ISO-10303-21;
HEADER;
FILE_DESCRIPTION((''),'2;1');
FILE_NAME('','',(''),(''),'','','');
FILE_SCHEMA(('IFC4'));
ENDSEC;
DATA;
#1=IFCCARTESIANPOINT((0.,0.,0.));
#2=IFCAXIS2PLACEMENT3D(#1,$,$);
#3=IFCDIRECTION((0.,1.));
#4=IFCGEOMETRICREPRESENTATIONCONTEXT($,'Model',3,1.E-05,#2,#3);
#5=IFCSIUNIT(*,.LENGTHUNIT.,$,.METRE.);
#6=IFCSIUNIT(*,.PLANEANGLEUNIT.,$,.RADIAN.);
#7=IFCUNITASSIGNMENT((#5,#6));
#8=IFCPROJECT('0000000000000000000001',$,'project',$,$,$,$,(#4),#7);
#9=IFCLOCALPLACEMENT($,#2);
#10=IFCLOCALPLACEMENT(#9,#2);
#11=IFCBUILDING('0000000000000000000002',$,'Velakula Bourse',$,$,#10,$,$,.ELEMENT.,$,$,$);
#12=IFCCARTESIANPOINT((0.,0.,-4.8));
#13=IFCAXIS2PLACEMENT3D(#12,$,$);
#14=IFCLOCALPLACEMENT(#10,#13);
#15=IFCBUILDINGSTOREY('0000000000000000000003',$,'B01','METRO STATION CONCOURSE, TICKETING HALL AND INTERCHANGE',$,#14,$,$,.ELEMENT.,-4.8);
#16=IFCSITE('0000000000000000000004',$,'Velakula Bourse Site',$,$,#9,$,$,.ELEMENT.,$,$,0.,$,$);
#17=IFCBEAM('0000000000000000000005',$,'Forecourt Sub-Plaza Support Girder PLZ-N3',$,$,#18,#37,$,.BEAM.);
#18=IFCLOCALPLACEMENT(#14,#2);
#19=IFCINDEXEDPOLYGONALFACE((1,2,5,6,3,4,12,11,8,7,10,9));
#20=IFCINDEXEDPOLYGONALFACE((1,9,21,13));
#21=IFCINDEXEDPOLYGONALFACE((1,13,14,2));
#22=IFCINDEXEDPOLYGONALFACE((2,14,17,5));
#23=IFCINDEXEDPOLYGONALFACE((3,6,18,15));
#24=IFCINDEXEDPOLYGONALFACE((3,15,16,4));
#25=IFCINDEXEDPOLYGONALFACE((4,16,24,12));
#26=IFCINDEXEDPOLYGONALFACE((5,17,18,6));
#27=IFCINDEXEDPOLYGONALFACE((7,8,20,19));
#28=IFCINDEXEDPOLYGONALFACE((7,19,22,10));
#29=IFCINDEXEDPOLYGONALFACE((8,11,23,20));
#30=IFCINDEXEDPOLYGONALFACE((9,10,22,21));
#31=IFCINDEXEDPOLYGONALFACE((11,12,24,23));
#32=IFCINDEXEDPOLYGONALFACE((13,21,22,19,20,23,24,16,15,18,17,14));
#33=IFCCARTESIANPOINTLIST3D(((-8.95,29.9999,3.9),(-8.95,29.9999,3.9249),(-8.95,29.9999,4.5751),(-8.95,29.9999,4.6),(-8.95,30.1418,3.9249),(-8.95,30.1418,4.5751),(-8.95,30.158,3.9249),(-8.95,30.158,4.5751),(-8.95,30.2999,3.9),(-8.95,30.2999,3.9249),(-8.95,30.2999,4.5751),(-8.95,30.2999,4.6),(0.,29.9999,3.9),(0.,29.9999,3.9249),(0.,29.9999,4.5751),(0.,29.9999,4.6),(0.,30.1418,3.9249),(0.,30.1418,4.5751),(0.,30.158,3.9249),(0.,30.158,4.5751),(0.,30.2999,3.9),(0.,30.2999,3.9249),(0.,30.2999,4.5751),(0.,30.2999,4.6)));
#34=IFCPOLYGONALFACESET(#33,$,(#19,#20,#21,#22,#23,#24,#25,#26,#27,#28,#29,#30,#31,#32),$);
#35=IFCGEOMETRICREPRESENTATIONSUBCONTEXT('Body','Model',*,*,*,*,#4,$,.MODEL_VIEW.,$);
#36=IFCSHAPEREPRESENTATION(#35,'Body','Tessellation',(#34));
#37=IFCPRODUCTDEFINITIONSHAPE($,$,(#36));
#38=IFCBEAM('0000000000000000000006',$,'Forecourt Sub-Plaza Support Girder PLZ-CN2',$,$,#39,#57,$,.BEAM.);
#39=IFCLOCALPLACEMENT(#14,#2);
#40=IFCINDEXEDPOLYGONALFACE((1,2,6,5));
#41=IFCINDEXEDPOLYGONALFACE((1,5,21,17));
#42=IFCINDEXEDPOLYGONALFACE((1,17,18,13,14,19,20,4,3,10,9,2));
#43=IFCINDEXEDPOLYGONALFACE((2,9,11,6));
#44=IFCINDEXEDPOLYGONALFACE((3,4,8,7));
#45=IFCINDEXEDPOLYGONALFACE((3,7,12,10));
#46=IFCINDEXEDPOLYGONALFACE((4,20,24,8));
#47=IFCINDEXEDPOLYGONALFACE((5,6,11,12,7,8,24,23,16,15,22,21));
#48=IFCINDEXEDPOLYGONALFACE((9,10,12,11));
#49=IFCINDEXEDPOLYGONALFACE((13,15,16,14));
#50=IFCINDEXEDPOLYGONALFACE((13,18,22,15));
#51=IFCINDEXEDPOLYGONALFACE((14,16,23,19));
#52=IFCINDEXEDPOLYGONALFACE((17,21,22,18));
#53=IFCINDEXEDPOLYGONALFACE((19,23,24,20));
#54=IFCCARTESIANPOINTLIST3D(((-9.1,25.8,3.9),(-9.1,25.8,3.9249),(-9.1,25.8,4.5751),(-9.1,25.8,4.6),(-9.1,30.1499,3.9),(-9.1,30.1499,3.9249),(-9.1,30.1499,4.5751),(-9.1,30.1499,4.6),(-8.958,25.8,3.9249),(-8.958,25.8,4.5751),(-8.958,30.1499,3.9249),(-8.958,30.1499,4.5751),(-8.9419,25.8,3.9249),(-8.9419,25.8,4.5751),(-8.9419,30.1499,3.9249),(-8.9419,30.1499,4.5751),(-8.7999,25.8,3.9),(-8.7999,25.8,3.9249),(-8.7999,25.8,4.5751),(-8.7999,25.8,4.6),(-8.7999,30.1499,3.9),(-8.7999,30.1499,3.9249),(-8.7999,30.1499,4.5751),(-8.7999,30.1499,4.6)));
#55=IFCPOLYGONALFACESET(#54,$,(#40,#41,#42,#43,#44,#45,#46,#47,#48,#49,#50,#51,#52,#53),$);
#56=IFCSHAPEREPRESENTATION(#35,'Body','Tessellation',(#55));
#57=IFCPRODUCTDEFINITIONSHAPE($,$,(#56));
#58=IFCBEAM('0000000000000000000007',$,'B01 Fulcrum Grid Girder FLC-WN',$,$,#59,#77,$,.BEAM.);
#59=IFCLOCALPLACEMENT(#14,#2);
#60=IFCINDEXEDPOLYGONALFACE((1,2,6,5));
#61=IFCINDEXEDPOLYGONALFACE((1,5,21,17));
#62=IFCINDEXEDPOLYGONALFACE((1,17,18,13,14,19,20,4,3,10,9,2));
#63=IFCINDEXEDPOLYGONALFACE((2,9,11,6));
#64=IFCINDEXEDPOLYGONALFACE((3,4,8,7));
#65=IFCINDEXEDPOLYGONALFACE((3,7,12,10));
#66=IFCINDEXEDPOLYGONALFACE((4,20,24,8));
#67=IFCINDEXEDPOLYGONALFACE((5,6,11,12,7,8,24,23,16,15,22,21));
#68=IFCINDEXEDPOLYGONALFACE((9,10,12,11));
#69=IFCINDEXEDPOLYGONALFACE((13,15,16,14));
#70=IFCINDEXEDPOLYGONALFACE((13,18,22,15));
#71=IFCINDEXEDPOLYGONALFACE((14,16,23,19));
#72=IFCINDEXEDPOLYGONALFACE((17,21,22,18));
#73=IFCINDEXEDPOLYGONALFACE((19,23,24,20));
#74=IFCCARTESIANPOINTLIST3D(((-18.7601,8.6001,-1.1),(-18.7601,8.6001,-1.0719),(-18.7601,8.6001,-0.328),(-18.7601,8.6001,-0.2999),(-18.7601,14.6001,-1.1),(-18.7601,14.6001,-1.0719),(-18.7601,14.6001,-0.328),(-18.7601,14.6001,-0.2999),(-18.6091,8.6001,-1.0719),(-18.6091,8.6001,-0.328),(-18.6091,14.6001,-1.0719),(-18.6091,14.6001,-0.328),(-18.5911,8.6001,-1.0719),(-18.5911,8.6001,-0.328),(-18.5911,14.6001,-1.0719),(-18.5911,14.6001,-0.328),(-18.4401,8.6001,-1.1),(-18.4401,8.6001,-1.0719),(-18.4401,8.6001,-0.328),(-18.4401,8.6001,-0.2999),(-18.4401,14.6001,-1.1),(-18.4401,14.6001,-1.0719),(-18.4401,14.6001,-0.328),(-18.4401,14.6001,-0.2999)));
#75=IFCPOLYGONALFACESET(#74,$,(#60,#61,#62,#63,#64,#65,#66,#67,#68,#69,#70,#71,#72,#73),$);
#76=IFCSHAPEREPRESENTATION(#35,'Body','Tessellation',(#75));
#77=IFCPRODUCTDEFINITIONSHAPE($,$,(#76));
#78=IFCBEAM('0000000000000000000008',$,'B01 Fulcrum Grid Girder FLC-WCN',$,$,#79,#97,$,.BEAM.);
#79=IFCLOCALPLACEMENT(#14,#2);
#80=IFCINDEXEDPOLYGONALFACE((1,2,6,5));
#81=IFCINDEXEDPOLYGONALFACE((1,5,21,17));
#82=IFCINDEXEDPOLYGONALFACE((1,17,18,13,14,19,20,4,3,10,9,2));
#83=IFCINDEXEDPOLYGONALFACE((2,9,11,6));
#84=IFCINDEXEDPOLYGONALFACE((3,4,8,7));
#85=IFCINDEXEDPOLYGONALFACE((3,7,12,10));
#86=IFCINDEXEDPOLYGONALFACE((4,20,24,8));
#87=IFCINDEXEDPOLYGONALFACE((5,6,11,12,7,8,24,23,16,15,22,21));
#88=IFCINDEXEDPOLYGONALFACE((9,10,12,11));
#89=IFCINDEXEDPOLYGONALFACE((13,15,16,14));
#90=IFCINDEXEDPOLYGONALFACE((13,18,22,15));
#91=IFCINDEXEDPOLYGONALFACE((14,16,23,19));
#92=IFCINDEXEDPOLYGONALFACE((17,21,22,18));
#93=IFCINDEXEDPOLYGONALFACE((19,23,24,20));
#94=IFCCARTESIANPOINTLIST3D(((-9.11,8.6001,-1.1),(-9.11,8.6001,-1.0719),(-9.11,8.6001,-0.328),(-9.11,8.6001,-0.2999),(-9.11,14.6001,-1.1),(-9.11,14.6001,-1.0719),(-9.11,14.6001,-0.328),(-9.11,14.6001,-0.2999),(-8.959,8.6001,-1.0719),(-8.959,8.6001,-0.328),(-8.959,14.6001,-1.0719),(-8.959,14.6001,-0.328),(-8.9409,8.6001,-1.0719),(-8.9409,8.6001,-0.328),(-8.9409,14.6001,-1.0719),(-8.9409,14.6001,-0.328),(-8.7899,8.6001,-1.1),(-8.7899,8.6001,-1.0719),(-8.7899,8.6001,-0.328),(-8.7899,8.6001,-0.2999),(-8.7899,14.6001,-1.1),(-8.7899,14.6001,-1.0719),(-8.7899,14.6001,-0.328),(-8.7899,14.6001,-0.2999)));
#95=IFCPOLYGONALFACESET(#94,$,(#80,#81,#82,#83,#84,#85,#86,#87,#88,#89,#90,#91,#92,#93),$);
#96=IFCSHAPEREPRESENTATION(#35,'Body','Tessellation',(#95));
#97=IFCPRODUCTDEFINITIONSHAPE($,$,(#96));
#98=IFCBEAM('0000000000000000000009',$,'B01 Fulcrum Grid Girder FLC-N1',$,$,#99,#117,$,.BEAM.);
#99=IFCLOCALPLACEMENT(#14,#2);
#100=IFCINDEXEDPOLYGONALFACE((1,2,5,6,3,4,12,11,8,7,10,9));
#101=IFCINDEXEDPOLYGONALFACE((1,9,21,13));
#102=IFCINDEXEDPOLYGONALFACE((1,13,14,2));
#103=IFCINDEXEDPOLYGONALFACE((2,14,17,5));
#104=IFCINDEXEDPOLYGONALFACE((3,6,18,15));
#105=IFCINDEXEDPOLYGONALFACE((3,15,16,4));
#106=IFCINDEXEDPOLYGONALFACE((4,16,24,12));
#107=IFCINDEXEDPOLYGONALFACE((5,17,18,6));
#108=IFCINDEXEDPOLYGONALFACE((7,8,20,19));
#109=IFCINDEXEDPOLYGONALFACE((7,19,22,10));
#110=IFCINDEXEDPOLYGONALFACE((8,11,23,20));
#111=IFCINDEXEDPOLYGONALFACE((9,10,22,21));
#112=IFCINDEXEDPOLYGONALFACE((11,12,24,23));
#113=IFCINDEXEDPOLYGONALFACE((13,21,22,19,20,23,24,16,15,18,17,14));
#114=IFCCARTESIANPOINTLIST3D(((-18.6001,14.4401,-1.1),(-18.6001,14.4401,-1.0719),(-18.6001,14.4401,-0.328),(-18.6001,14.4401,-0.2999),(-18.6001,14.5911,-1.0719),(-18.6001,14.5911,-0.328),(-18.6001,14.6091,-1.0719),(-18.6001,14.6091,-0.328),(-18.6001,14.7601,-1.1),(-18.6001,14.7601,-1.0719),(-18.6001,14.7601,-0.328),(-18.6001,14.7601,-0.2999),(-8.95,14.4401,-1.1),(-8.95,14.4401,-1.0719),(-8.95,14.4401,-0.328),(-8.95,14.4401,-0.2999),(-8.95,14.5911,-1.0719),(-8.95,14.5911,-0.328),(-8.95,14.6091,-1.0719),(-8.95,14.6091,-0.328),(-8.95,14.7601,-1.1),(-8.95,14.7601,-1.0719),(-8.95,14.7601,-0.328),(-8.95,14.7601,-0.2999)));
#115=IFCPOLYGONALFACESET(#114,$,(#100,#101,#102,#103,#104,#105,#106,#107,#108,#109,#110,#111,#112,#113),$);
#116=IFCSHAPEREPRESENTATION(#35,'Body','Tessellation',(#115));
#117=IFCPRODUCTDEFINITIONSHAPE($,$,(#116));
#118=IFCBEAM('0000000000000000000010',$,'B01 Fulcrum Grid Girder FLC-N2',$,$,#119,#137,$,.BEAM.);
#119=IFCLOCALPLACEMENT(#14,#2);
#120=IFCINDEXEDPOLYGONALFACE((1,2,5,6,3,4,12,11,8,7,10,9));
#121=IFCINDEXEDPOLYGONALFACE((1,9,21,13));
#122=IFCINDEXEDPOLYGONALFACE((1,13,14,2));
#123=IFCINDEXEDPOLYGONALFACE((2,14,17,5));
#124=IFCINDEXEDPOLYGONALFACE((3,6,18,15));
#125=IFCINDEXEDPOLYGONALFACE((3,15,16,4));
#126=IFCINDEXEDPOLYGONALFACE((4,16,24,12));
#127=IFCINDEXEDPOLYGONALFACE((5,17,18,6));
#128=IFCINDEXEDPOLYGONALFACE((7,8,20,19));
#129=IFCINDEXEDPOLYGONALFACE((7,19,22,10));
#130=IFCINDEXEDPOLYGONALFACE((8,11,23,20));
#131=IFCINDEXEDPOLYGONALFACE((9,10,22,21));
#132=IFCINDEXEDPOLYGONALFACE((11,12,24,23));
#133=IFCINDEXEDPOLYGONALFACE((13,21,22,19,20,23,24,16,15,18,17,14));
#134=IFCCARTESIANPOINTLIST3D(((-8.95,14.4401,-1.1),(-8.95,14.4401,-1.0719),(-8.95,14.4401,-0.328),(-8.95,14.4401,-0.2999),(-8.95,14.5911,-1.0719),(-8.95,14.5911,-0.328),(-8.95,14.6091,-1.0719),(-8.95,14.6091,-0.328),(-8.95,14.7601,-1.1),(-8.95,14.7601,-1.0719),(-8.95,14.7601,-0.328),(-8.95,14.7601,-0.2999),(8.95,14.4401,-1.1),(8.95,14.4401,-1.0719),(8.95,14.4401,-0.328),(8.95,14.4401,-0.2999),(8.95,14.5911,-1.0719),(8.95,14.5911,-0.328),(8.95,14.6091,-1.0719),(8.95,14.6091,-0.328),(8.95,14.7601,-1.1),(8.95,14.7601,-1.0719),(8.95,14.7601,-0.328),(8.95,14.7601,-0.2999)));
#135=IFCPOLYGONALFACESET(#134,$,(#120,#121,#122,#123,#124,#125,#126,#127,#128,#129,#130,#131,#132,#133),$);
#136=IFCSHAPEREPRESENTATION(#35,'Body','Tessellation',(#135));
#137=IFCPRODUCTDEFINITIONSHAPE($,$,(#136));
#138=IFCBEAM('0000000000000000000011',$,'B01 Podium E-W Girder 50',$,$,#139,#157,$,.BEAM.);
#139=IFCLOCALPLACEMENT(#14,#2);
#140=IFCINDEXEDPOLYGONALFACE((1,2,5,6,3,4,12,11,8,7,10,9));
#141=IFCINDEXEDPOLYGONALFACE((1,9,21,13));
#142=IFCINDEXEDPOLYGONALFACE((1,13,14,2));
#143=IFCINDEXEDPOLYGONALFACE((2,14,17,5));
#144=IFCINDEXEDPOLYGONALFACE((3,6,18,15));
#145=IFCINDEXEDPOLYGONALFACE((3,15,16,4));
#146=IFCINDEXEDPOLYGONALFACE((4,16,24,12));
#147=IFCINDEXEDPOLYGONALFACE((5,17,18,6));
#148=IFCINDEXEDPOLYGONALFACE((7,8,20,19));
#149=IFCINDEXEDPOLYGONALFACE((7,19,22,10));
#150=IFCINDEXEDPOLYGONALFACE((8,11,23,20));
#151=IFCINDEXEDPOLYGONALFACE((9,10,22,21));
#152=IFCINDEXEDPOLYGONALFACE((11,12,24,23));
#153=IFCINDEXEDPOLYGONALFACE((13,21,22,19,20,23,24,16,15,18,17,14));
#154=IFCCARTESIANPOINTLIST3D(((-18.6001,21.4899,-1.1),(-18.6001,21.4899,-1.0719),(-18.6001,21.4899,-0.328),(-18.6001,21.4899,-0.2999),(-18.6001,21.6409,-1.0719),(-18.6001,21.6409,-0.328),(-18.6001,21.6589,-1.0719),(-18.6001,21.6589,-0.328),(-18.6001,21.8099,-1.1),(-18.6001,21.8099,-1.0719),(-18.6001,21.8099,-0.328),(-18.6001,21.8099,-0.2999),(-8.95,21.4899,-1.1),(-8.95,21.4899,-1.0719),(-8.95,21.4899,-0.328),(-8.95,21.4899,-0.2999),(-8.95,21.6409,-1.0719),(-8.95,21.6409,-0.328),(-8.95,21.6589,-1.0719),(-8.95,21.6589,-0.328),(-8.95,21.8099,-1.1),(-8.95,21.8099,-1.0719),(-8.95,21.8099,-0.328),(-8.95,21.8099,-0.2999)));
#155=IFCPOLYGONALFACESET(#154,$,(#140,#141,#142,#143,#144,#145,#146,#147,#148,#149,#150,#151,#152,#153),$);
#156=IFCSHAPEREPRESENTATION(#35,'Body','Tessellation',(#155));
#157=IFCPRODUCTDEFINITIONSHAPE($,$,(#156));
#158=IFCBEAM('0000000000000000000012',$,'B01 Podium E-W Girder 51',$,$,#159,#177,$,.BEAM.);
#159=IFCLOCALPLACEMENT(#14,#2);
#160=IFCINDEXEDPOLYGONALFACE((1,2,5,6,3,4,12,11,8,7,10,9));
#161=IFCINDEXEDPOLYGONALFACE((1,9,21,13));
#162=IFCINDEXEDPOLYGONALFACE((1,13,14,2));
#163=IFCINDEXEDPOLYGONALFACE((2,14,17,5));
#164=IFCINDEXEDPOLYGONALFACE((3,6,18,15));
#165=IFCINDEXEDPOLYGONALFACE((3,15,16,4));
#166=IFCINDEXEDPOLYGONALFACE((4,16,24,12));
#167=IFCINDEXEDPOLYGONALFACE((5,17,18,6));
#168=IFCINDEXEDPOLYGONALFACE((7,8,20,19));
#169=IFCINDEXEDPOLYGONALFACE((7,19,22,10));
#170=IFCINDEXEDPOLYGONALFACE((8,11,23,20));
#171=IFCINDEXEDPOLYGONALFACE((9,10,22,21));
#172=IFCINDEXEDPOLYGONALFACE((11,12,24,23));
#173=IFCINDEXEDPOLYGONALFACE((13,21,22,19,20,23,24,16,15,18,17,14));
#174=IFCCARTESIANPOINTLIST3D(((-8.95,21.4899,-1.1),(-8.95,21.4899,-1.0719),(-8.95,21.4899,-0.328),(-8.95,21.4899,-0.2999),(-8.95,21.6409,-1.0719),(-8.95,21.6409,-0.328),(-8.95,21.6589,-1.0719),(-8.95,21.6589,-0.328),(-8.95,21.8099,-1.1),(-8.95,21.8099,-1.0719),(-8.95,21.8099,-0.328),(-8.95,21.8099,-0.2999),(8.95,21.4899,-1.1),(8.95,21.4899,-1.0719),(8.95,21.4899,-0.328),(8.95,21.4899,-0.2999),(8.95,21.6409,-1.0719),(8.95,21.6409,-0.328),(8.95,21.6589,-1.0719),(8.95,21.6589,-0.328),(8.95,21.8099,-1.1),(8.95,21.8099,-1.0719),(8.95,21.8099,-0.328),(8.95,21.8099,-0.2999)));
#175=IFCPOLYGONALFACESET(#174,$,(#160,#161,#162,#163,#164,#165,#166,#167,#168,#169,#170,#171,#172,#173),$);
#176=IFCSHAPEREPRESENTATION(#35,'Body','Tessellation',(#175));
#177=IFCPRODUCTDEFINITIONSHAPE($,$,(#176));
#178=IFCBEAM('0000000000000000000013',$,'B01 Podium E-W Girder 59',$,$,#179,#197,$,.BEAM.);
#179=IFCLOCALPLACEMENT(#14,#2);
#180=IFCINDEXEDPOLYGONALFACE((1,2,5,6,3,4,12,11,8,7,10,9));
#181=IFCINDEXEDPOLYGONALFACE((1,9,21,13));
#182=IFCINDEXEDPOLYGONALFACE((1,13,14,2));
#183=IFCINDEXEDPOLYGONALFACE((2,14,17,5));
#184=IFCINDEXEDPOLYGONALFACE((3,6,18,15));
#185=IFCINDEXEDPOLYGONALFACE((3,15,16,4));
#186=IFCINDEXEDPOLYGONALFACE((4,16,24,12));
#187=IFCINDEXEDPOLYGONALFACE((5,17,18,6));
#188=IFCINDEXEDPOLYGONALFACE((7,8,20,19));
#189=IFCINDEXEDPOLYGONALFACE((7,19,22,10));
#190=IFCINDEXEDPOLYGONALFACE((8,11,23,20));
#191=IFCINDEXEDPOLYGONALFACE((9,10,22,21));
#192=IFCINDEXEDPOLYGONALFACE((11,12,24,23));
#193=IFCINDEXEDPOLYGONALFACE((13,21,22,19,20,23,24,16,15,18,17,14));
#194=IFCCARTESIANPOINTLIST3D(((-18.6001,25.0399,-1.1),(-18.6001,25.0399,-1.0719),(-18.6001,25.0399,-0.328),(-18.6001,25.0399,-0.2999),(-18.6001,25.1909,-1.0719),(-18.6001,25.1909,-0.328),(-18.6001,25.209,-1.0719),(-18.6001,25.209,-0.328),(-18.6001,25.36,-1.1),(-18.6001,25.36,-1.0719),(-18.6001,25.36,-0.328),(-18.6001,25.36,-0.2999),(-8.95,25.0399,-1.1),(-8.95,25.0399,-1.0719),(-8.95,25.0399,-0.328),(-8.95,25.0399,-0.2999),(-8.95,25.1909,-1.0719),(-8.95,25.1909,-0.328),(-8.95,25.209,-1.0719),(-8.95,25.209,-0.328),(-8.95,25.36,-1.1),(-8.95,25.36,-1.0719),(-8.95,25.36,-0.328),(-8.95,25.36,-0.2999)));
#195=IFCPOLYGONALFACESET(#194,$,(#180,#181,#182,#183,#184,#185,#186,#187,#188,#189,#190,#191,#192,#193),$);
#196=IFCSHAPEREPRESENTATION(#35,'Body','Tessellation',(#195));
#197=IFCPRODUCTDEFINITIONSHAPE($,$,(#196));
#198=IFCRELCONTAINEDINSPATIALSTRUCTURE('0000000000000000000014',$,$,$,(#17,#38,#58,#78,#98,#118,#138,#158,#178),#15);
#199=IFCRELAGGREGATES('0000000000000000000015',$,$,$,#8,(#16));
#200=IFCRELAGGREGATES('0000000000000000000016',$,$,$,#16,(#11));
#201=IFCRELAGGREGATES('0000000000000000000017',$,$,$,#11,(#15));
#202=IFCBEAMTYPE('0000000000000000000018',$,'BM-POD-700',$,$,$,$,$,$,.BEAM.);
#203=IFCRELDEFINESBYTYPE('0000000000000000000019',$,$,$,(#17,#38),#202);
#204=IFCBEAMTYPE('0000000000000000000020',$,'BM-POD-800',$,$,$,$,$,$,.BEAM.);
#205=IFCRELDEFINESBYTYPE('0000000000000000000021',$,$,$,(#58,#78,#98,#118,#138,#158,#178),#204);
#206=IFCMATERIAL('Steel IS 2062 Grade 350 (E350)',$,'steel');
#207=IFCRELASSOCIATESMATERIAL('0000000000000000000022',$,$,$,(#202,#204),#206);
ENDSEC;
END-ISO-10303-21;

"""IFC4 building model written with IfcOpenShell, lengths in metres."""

from ifc_helpers import new_model, si_unit, direction, frame, origin, origin_2d, place, context, subcontext, project, spatial, i_section, extrude, material, material_profile, profile_set, type_object, element, save


model = new_model("IFC4")

# Units and contexts
model_context = context("Model", 3, precision=1e-05, world=origin(), true_north=direction((0.0, 1.0)))
body_context = subcontext(model_context, "Body", "Model", "MODEL_VIEW")
ifc_project = project(units=[si_unit("LENGTHUNIT", "METRE"), si_unit("PLANEANGLEUNIT", "RADIAN")], contexts=[model_context])

# Site, building, storey
site_placement = place(None, origin())
site = spatial("IfcSite", under=ifc_project, at=site_placement, Name="Velakula Bourse Site", CompositionType="ELEMENT", RefElevation=0.0)
building_placement = place(site_placement, origin())
building = spatial("IfcBuilding", under=site, at=building_placement, Name="Velakula Bourse", CompositionType="ELEMENT")
storey_placement = place(building_placement, frame((0.0, 0.0, -4.8)))
storey = spatial("IfcBuildingStorey", under=building, at=storey_placement, Name="B01", Description="METRO STATION CONCOURSE, TICKETING HALL AND INTERCHANGE", CompositionType="ELEMENT", Elevation=-4.8)

# Beams
ifc_material_1 = material(Name="Steel IS 2062 Grade 350 (E350)", Category="steel")
ifc_material_profile_1 = material_profile(ifc_material_1, i_section(OverallWidth=0.3, OverallDepth=0.7, WebThickness=0.0161, FlangeThickness=0.0249, at=origin_2d()), Name="Steel IS 2062 Grade 350 (E350)")
ifc_profile_set_1 = profile_set([ifc_material_profile_1], Name="Steel IS 2062 Grade 350 (E350)")
beam_type_1 = type_object("IfcBeamType", Name="BM-POD-700", PredefinedType="BEAM", material=ifc_profile_set_1)
beam_1_placement = place(storey_placement, frame((-8.95, 30.1499, 4.25), z_axis=(1.0, 0.0, 0.0), x_axis=(0.0, 1.0, 0.0)))
element("IfcBeam", 1, at=beam_1_placement, inside=storey, type_object=beam_type_1, Name="Forecourt Sub-Plaza Support Girder PLZ-N3", PredefinedType="BEAM", context=body_context, shape_type="SweptSolid", body=[
    extrude(i_section(OverallWidth=0.3, OverallDepth=0.7, WebThickness=0.0161, FlangeThickness=0.0249, at=origin_2d()), origin(), (0.0, 0.0, 1.0), 8.95),
])
beam_2_placement = place(storey_placement, frame((-8.95, 25.8, 4.25), z_axis=(0.0, 1.0, 0.0), x_axis=(-1.0, 0.0, 0.0)))
element("IfcBeam", 2, at=beam_2_placement, inside=storey, type_object=beam_type_1, Name="Forecourt Sub-Plaza Support Girder PLZ-CN2", PredefinedType="BEAM", context=body_context, shape_type="SweptSolid", body=[
    extrude(i_section(OverallWidth=0.3, OverallDepth=0.7, WebThickness=0.0161, FlangeThickness=0.0249, at=origin_2d()), origin(), (0.0, 0.0, 1.0), 4.3499),
])
ifc_material_profile_2 = material_profile(ifc_material_1, i_section(OverallWidth=0.3201, OverallDepth=0.8, WebThickness=0.0181, FlangeThickness=0.0281, at=origin_2d()), Name="Steel IS 2062 Grade 350 (E350)")
ifc_profile_set_2 = profile_set([ifc_material_profile_2], Name="Steel IS 2062 Grade 350 (E350)")
beam_type_2 = type_object("IfcBeamType", Name="BM-POD-800", PredefinedType="BEAM", material=ifc_profile_set_2)
for number, where, z_axis, x_axis, name in (
    (3, (-18.6001, 8.6001, -0.7), (0.0, 1.0, 0.0), (-1.0, 0.0, 0.0), "B01 Fulcrum Grid Girder FLC-WN"),
    (4, (-8.95, 8.6001, -0.7), (0.0, 1.0, 0.0), (-1.0, 0.0, 0.0), "B01 Fulcrum Grid Girder FLC-WCN"),
):
    element("IfcBeam", number, at=place(storey_placement, frame(where, z_axis=z_axis, x_axis=x_axis)), inside=storey, type_object=beam_type_2, Name=name, PredefinedType="BEAM", context=body_context, shape_type="SweptSolid", body=[
        extrude(i_section(OverallWidth=0.3201, OverallDepth=0.8, WebThickness=0.0181, FlangeThickness=0.0281, at=origin_2d()), origin(), (0.0, 0.0, 1.0), 6.0),
    ])
beam_3_placement = place(storey_placement, frame((-18.6001, 14.6001, -0.7), z_axis=(1.0, 0.0, 0.0), x_axis=(0.0, 1.0, 0.0)))
element("IfcBeam", 5, at=beam_3_placement, inside=storey, type_object=beam_type_2, Name="B01 Fulcrum Grid Girder FLC-N1", PredefinedType="BEAM", context=body_context, shape_type="SweptSolid", body=[
    extrude(i_section(OverallWidth=0.3201, OverallDepth=0.8, WebThickness=0.0181, FlangeThickness=0.0281, at=origin_2d()), origin(), (0.0, 0.0, 1.0), 9.6501),
])
beam_4_placement = place(storey_placement, frame((-8.95, 14.6001, -0.7), z_axis=(1.0, 0.0, 0.0), x_axis=(0.0, 1.0, 0.0)))
element("IfcBeam", 6, at=beam_4_placement, inside=storey, type_object=beam_type_2, Name="B01 Fulcrum Grid Girder FLC-N2", PredefinedType="BEAM", context=body_context, shape_type="SweptSolid", body=[
    extrude(i_section(OverallWidth=0.3201, OverallDepth=0.8, WebThickness=0.0181, FlangeThickness=0.0281, at=origin_2d()), origin(), (0.0, 0.0, 1.0), 17.8999),
])
beam_5_placement = place(storey_placement, frame((-18.6001, 21.6499, -0.7), z_axis=(1.0, 0.0, 0.0), x_axis=(0.0, 1.0, 0.0)))
element("IfcBeam", 7, at=beam_5_placement, inside=storey, type_object=beam_type_2, Name="B01 Podium E-W Girder 50", PredefinedType="BEAM", context=body_context, shape_type="SweptSolid", body=[
    extrude(i_section(OverallWidth=0.3201, OverallDepth=0.8, WebThickness=0.0181, FlangeThickness=0.0281, at=origin_2d()), origin(), (0.0, 0.0, 1.0), 9.6501),
])
beam_6_placement = place(storey_placement, frame((-8.95, 21.6499, -0.7), z_axis=(1.0, 0.0, 0.0), x_axis=(0.0, 1.0, 0.0)))
element("IfcBeam", 8, at=beam_6_placement, inside=storey, type_object=beam_type_2, Name="B01 Podium E-W Girder 51", PredefinedType="BEAM", context=body_context, shape_type="SweptSolid", body=[
    extrude(i_section(OverallWidth=0.3201, OverallDepth=0.8, WebThickness=0.0181, FlangeThickness=0.0281, at=origin_2d()), origin(), (0.0, 0.0, 1.0), 17.8999),
])
beam_7_placement = place(storey_placement, frame((-18.6001, 25.2, -0.7), z_axis=(1.0, 0.0, 0.0), x_axis=(0.0, 1.0, 0.0)))
element("IfcBeam", 9, at=beam_7_placement, inside=storey, type_object=beam_type_2, Name="B01 Podium E-W Girder 59", PredefinedType="BEAM", context=body_context, shape_type="SweptSolid", body=[
    extrude(i_section(OverallWidth=0.3201, OverallDepth=0.8, WebThickness=0.0181, FlangeThickness=0.0281, at=origin_2d()), origin(), (0.0, 0.0, 1.0), 9.6501),
])

save(model, "model.ifc")
